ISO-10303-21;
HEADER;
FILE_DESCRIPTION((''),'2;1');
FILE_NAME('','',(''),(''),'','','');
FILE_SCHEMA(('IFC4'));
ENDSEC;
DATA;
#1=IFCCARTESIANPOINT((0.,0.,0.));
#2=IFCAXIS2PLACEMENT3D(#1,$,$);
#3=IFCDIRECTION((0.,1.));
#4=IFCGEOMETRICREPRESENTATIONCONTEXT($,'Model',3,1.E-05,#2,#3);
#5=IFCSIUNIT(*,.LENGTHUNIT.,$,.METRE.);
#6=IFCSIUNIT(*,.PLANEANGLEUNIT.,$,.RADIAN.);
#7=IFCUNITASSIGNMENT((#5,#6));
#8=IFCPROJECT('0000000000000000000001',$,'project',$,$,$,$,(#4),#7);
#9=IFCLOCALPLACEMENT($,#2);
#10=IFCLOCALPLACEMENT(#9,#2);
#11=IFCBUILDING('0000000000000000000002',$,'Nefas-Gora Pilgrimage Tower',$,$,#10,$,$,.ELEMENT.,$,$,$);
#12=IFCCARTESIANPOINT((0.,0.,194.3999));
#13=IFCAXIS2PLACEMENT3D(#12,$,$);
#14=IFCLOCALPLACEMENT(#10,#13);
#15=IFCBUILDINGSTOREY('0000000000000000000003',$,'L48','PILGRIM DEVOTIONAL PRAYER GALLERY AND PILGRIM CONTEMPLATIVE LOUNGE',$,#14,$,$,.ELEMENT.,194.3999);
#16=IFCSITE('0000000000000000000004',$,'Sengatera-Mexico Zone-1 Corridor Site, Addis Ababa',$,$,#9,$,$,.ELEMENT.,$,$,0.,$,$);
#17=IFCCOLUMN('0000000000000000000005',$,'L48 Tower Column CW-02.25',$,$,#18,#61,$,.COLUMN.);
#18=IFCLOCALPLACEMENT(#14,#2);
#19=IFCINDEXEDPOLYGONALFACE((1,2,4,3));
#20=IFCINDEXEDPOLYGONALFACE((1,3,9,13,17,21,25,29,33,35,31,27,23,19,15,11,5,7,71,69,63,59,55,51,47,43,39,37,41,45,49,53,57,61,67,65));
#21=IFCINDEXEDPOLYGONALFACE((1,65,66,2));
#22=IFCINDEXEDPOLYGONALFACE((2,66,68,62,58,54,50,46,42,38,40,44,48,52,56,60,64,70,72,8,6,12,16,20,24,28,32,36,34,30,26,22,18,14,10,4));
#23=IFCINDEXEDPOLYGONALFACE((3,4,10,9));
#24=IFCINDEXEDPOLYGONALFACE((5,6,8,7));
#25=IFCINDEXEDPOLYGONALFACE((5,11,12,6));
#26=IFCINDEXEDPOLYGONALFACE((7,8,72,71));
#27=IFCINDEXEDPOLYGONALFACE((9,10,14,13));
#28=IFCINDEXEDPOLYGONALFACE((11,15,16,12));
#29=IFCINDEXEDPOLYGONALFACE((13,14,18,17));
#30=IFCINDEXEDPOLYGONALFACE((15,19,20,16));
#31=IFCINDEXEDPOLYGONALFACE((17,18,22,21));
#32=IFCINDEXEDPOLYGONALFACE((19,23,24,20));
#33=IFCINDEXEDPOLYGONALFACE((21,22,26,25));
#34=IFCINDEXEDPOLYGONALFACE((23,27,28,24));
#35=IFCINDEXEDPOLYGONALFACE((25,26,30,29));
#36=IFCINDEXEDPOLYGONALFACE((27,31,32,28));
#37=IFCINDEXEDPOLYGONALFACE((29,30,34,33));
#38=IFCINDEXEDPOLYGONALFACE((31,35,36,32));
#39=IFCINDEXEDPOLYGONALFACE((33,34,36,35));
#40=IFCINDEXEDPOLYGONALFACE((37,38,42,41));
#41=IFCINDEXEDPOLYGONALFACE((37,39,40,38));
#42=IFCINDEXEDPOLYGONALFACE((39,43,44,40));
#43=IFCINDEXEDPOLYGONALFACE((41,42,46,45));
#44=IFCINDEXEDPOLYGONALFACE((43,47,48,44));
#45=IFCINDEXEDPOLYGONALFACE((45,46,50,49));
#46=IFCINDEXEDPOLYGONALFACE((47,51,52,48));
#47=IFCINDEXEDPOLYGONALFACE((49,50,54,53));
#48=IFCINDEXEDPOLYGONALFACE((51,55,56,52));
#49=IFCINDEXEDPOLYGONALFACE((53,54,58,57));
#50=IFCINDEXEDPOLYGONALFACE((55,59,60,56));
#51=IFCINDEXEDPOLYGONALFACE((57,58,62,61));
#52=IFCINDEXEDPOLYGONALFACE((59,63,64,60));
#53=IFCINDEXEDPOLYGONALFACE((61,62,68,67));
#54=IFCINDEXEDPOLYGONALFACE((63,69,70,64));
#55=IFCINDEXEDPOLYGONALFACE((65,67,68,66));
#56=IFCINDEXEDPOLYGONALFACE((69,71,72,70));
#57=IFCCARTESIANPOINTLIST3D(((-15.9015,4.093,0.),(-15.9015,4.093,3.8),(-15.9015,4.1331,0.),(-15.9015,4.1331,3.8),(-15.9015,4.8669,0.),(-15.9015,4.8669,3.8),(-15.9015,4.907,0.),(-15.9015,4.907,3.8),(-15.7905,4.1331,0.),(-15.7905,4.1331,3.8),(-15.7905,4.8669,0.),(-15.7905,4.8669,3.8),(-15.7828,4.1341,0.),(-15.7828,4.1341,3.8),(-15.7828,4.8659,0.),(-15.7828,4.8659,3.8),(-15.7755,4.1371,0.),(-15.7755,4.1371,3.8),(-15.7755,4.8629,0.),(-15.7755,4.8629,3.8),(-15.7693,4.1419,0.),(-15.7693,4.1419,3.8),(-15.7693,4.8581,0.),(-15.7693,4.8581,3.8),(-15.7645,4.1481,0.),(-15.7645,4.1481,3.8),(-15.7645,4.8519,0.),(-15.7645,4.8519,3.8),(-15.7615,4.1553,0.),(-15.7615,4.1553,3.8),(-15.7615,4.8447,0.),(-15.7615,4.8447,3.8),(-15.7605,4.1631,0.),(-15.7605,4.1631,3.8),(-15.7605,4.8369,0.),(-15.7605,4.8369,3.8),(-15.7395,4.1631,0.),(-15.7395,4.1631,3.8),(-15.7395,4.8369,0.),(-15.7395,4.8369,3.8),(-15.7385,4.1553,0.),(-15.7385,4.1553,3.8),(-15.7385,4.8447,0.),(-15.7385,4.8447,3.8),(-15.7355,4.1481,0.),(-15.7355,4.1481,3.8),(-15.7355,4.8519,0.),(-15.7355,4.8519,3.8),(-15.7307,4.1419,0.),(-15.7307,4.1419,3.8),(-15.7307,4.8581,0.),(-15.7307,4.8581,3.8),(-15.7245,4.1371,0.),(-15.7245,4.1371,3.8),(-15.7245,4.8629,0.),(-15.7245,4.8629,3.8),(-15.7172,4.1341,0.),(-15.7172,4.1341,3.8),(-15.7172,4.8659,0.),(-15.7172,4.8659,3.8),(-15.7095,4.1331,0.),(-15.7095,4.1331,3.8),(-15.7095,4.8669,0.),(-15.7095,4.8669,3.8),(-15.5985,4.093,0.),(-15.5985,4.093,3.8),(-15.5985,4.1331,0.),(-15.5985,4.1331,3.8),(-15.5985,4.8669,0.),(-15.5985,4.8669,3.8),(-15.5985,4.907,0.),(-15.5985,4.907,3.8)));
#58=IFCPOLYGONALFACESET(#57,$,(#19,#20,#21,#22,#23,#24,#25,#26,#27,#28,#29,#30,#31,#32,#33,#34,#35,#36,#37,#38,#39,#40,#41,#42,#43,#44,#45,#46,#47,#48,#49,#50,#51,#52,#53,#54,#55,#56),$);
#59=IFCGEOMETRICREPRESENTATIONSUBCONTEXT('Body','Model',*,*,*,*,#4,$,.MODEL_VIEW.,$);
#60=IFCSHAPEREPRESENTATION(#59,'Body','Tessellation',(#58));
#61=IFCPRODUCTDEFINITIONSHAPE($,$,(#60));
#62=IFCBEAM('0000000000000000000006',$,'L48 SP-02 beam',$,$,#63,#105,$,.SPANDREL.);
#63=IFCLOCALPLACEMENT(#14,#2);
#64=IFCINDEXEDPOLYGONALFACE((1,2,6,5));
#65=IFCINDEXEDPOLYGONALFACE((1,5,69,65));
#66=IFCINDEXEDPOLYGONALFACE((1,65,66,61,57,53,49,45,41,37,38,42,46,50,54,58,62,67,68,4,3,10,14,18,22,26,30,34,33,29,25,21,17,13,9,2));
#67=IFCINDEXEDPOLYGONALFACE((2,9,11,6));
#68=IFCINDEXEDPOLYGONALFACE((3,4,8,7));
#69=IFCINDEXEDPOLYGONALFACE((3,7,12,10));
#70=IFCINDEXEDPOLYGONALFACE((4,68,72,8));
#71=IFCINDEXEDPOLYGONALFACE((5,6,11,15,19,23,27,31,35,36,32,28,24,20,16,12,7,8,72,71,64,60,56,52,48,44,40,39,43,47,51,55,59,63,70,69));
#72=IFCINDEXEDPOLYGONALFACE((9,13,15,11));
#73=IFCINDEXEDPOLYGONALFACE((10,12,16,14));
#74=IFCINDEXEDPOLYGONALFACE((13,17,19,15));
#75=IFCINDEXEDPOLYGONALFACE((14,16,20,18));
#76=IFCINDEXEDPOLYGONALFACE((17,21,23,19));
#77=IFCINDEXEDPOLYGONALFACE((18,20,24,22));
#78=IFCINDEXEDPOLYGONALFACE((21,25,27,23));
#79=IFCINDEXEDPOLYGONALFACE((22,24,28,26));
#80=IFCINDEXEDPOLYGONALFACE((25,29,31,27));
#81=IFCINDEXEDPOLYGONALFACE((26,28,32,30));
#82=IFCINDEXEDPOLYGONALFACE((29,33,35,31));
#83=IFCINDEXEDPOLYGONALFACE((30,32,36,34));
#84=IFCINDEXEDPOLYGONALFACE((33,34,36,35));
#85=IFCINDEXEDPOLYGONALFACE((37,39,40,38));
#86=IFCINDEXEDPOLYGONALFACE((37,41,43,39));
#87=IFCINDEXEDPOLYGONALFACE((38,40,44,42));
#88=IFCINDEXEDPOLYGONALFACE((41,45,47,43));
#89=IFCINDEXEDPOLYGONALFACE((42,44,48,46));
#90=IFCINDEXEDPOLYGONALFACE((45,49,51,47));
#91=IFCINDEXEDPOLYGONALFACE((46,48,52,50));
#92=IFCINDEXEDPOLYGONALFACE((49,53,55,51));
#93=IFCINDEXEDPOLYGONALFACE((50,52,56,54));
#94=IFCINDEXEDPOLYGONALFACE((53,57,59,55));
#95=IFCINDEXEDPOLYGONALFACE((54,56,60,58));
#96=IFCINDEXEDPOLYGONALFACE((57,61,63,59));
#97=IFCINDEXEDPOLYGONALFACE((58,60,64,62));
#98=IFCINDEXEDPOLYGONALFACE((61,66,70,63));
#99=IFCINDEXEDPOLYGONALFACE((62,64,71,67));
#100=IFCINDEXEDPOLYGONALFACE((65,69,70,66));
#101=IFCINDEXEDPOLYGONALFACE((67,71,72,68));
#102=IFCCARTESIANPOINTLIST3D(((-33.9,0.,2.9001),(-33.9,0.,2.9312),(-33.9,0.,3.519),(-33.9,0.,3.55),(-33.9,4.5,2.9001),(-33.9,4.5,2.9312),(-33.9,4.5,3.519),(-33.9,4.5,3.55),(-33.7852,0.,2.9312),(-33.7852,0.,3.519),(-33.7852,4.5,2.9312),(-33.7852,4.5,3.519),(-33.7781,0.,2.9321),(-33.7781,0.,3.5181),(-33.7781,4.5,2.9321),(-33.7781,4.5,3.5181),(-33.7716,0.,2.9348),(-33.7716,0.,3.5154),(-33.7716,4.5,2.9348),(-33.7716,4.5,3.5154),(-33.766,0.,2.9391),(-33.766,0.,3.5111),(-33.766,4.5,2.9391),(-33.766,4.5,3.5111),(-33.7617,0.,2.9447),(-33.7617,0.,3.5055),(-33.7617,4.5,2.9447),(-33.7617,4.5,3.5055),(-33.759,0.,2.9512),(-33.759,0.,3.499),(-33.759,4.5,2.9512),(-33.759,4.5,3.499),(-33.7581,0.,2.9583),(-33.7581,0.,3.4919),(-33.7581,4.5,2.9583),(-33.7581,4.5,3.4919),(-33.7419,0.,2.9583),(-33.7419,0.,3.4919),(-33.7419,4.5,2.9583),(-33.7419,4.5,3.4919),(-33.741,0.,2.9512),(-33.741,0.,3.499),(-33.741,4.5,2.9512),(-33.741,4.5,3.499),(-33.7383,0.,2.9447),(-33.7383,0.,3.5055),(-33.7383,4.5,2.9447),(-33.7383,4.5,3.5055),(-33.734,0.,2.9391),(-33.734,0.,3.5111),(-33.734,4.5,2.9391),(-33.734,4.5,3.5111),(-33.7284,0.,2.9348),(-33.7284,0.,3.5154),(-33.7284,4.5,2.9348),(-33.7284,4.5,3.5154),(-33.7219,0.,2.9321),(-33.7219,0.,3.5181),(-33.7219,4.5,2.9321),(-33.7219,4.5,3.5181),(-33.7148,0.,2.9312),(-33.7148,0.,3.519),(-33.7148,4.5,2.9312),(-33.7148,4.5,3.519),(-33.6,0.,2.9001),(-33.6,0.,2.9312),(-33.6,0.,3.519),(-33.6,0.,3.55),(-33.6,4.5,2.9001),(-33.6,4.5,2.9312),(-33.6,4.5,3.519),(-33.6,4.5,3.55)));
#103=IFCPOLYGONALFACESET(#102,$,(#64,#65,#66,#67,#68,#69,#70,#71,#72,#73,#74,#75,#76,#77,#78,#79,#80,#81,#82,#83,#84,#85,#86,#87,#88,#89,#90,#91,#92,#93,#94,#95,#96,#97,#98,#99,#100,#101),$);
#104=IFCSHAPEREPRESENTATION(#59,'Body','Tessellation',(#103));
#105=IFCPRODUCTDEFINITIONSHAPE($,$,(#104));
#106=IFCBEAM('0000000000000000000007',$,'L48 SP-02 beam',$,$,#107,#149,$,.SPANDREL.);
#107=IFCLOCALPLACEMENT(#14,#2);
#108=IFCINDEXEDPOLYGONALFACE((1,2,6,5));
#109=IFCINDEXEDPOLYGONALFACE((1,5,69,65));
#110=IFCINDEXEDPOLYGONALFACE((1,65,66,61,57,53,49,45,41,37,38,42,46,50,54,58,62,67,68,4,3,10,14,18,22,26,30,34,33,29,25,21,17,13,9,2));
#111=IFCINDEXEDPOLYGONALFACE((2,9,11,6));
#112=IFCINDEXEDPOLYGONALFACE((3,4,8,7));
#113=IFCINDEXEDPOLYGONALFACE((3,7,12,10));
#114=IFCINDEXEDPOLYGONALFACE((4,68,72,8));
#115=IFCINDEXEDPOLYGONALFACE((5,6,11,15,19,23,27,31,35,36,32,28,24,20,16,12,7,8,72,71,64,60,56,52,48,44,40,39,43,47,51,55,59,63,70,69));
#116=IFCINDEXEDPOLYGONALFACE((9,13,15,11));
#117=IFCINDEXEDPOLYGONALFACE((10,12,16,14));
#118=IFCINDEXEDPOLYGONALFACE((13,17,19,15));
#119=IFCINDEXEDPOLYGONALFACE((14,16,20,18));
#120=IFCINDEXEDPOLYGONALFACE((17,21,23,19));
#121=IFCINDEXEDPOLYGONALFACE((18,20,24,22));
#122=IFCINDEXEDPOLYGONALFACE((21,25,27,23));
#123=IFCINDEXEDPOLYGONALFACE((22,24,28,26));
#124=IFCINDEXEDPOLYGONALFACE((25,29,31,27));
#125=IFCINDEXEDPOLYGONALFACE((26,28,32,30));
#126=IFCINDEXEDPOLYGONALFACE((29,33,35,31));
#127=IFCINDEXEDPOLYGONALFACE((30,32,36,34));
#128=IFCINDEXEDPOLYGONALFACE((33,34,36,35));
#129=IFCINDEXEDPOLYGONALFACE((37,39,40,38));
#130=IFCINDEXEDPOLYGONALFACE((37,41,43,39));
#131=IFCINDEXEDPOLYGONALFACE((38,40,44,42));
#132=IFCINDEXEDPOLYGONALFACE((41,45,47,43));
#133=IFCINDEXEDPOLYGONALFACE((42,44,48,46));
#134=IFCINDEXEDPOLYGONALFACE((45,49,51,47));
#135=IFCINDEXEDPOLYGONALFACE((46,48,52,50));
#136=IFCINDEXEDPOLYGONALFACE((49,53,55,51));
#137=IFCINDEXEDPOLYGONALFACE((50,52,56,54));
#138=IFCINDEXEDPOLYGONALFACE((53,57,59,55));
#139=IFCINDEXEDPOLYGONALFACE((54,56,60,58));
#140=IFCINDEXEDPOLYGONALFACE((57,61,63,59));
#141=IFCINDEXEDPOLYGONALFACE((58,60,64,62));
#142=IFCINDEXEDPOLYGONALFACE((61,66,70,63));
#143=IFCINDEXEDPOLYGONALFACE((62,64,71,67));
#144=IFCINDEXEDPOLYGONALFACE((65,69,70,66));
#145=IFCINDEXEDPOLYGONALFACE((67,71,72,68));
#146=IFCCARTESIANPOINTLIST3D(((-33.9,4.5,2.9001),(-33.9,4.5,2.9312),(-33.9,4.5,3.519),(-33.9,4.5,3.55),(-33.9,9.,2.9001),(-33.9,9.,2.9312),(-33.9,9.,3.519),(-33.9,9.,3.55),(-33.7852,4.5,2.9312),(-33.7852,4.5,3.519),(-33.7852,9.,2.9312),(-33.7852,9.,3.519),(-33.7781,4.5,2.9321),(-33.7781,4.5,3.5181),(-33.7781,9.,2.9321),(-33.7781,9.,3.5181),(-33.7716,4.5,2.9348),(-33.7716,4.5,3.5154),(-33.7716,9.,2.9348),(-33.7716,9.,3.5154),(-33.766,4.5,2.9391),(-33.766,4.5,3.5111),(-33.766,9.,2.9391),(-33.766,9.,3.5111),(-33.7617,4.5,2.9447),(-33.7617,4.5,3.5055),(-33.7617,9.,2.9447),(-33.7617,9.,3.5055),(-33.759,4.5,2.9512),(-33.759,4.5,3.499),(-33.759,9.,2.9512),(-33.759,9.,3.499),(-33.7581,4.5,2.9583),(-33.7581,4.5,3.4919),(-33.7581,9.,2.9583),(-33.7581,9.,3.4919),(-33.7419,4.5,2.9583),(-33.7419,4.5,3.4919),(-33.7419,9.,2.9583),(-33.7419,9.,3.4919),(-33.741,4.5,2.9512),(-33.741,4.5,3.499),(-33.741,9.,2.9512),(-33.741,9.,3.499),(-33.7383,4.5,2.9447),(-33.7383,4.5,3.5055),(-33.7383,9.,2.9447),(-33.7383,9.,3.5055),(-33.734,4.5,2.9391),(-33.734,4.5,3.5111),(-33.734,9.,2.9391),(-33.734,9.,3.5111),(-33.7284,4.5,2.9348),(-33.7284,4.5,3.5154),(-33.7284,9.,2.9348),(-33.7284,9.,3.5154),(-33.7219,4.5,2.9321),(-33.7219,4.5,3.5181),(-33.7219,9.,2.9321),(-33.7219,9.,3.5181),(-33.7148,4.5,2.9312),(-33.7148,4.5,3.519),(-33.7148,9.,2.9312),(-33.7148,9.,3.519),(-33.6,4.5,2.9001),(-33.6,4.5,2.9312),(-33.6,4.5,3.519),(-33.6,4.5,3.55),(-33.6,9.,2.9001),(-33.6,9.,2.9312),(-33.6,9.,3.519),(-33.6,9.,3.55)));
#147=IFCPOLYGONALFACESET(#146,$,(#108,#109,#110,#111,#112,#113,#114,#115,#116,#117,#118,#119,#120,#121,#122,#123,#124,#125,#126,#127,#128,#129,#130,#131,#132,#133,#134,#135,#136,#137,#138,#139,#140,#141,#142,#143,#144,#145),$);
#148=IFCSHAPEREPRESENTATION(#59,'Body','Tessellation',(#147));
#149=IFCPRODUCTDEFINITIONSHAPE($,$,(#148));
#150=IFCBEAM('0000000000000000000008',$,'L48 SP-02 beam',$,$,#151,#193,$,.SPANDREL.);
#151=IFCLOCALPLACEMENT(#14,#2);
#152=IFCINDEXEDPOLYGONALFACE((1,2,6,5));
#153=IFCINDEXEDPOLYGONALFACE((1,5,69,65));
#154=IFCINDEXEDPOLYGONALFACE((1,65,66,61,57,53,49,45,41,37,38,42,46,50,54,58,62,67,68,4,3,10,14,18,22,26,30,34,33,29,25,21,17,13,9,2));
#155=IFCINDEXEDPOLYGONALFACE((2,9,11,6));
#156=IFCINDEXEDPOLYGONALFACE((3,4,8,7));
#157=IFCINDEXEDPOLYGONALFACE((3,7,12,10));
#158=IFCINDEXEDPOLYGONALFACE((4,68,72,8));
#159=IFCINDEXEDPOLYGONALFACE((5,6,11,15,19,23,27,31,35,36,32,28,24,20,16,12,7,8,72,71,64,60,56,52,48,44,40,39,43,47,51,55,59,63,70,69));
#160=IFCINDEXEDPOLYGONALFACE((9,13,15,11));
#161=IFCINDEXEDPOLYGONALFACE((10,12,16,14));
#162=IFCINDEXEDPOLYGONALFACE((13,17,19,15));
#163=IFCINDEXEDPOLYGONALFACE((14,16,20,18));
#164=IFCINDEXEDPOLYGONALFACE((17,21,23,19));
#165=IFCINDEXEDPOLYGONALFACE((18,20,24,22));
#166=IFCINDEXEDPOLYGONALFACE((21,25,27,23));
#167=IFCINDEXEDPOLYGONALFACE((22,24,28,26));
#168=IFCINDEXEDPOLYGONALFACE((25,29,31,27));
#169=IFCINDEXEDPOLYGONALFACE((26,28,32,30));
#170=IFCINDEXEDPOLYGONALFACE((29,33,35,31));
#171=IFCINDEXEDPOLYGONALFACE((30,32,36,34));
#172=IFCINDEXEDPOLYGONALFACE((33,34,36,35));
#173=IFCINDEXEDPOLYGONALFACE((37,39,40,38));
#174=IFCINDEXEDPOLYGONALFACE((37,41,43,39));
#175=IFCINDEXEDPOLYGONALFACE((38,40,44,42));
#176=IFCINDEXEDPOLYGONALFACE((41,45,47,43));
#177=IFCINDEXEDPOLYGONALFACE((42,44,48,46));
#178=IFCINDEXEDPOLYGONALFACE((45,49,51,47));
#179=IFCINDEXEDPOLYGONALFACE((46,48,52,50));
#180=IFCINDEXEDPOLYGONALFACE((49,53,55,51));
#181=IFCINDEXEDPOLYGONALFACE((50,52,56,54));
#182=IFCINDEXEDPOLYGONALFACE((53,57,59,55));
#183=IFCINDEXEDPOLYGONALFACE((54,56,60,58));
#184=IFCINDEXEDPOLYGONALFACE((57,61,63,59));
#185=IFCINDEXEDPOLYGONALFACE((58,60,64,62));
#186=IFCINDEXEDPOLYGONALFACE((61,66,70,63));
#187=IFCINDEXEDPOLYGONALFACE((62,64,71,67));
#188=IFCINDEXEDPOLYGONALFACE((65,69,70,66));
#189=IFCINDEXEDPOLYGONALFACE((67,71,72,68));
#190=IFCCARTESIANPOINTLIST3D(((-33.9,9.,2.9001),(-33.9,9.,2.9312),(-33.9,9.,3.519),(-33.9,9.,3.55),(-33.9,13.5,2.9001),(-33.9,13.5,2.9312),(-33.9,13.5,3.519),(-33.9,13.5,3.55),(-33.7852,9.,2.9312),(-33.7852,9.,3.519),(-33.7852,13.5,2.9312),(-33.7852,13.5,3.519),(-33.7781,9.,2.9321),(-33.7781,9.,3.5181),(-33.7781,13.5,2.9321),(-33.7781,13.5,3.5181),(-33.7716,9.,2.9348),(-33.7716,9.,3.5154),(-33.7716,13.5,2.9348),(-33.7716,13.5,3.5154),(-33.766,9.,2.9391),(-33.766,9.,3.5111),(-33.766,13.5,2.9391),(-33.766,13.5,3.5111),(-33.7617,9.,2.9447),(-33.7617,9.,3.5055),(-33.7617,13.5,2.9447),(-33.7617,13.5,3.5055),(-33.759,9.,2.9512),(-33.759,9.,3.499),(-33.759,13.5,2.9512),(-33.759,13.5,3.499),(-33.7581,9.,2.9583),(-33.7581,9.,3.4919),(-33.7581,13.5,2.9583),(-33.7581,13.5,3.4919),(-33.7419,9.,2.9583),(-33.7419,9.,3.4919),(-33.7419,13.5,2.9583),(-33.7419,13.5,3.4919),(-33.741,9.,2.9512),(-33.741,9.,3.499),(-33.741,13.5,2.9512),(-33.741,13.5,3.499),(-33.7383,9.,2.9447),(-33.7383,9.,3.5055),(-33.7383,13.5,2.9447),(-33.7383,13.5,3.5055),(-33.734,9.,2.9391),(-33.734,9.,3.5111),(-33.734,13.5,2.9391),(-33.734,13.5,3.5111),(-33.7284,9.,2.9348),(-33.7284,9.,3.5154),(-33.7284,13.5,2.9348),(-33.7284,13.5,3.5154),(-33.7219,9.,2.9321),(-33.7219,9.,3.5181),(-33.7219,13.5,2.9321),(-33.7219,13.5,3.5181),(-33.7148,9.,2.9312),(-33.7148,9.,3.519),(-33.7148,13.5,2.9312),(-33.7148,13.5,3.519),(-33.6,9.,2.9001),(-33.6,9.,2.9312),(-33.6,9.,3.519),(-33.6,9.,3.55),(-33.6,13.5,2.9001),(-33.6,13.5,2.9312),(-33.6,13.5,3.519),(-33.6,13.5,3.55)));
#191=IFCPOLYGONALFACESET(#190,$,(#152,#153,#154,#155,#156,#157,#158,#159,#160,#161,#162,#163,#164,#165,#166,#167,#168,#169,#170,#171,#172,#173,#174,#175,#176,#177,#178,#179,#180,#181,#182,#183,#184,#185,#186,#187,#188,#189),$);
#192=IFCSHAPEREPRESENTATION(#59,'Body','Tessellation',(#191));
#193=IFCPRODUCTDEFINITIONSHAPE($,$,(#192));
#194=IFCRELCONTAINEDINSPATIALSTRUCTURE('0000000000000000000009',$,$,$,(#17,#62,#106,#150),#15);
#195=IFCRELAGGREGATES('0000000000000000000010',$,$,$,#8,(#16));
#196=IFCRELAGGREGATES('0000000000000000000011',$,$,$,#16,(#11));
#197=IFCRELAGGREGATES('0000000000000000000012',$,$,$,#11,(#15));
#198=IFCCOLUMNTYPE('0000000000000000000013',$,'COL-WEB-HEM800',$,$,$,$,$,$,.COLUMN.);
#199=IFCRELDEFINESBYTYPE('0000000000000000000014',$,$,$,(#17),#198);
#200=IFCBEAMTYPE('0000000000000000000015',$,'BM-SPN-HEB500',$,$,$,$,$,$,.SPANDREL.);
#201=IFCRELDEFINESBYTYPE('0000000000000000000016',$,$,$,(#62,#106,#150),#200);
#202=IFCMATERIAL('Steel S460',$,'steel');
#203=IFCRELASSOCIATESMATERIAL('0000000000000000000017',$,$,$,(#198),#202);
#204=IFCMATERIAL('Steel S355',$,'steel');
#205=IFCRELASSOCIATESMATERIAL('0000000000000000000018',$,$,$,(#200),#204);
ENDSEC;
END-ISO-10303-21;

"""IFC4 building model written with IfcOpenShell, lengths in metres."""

from ifc_helpers import new_model, si_unit, direction, frame, origin, origin_2d, place, context, subcontext, project, spatial, i_section, extrude, source, transform, mapped, material, material_profile, profile_set, type_object, element, save


model = new_model("IFC4")

# Units and contexts
model_context = context("Model", 3, precision=1e-05, world=origin(), true_north=direction((0.0, 1.0)))
body_context = subcontext(model_context, "Body", "Model", "MODEL_VIEW")
ifc_project = project(units=[si_unit("LENGTHUNIT", "METRE"), si_unit("PLANEANGLEUNIT", "RADIAN")], contexts=[model_context])

# Site, building, storey
site_placement = place(None, origin())
site = spatial("IfcSite", under=ifc_project, at=site_placement, Name="Sengatera-Mexico Zone-1 Corridor Site, Addis Ababa", CompositionType="ELEMENT", RefElevation=0.0)
building_placement = place(site_placement, origin())
building = spatial("IfcBuilding", under=site, at=building_placement, Name="Nefas-Gora Pilgrimage Tower", CompositionType="ELEMENT")
storey_placement = place(building_placement, frame((0.0, 0.0, 194.3999)))
storey = spatial("IfcBuildingStorey", under=building, at=storey_placement, Name="L48", Description="PILGRIM DEVOTIONAL PRAYER GALLERY AND PILGRIM CONTEMPLATIVE LOUNGE", CompositionType="ELEMENT", Elevation=194.3999)

# Column
ifc_material_1 = material(Name="Steel S460", Category="steel")
ifc_material_profile_1 = material_profile(ifc_material_1, i_section(OverallWidth=0.303, OverallDepth=0.814, WebThickness=0.021, FlangeThickness=0.04, FilletRadius=0.03, at=origin_2d()), Name="HEM 800")
ifc_profile_set_1 = profile_set([ifc_material_profile_1], Name="Steel S460")
column_type_1 = type_object("IfcColumnType", Name="COL-WEB-HEM800", PredefinedType="COLUMN", material=ifc_profile_set_1)
shared_shape_1 = source(origin(), body_context, "Body", "SweptSolid", [
    extrude(i_section(OverallWidth=0.303, OverallDepth=0.814, WebThickness=0.021, FlangeThickness=0.04, FilletRadius=0.03, at=origin_2d()), origin(), (0.0, 0.0, 1.0), 3.8),
])
for number, where, z_axis, x_axis, name in (
    (1, (-15.75, 4.5, 0.0), (0.0, 0.0, 1.0), (1.0, 0.0, 0.0), "L48 Tower Column CW-02.25"),
):
    element("IfcColumn", number, at=place(storey_placement, frame(where, z_axis=z_axis, x_axis=x_axis)), inside=storey, type_object=column_type_1, Name=name, PredefinedType="COLUMN", context=body_context, shape_type="MappedRepresentation", body=[
        mapped(shared_shape_1, transform((0.0, 0.0, 0.0), x_axis=(1.0, 0.0, 0.0), y_axis=(0.0, 1.0, 0.0), z_axis=(0.0, 0.0, 1.0), scale=1.0)),
    ])

# Beams
ifc_material_2 = material(Name="Steel S355", Category="steel")
ifc_material_profile_2 = material_profile(ifc_material_2, i_section(OverallWidth=0.3, OverallDepth=0.6499, WebThickness=0.0161, FlangeThickness=0.031, FilletRadius=0.0271, at=origin_2d()), Name="HEB 650")
ifc_profile_set_2 = profile_set([ifc_material_profile_2], Name="Steel S355")
beam_type_1 = type_object("IfcBeamType", Name="BM-SPN-HEB500", PredefinedType="SPANDREL", material=ifc_profile_set_2)
shared_shape_2 = source(origin(), body_context, "Body", "SweptSolid", [
    extrude(i_section(OverallWidth=0.3, OverallDepth=0.6499, WebThickness=0.0161, FlangeThickness=0.031, FilletRadius=0.0271, at=origin_2d()), origin(), (0.0, 0.0, 1.0), 4.5),
])
for number, where, z_axis, x_axis, name in (
    (2, (-33.75, 0.0, 3.2251), (0.0, 1.0, 0.0), (-1.0, 0.0, 0.0), "L48 SP-02 beam"),
    (3, (-33.75, 4.5, 3.2251), (0.0, 1.0, 0.0), (-1.0, 0.0, 0.0), "L48 SP-02 beam"),
    (4, (-33.75, 9.0, 3.2251), (0.0, 1.0, 0.0), (-1.0, 0.0, 0.0), "L48 SP-02 beam"),
):
    element("IfcBeam", number, at=place(storey_placement, frame(where, z_axis=z_axis, x_axis=x_axis)), inside=storey, type_object=beam_type_1, Name=name, PredefinedType="SPANDREL", context=body_context, shape_type="MappedRepresentation", body=[
        mapped(shared_shape_2, transform((0.0, 0.0, 0.0), x_axis=(1.0, 0.0, 0.0), y_axis=(0.0, 1.0, 0.0), z_axis=(0.0, 0.0, 1.0), scale=1.0)),
    ])

save(model, "model.ifc")
